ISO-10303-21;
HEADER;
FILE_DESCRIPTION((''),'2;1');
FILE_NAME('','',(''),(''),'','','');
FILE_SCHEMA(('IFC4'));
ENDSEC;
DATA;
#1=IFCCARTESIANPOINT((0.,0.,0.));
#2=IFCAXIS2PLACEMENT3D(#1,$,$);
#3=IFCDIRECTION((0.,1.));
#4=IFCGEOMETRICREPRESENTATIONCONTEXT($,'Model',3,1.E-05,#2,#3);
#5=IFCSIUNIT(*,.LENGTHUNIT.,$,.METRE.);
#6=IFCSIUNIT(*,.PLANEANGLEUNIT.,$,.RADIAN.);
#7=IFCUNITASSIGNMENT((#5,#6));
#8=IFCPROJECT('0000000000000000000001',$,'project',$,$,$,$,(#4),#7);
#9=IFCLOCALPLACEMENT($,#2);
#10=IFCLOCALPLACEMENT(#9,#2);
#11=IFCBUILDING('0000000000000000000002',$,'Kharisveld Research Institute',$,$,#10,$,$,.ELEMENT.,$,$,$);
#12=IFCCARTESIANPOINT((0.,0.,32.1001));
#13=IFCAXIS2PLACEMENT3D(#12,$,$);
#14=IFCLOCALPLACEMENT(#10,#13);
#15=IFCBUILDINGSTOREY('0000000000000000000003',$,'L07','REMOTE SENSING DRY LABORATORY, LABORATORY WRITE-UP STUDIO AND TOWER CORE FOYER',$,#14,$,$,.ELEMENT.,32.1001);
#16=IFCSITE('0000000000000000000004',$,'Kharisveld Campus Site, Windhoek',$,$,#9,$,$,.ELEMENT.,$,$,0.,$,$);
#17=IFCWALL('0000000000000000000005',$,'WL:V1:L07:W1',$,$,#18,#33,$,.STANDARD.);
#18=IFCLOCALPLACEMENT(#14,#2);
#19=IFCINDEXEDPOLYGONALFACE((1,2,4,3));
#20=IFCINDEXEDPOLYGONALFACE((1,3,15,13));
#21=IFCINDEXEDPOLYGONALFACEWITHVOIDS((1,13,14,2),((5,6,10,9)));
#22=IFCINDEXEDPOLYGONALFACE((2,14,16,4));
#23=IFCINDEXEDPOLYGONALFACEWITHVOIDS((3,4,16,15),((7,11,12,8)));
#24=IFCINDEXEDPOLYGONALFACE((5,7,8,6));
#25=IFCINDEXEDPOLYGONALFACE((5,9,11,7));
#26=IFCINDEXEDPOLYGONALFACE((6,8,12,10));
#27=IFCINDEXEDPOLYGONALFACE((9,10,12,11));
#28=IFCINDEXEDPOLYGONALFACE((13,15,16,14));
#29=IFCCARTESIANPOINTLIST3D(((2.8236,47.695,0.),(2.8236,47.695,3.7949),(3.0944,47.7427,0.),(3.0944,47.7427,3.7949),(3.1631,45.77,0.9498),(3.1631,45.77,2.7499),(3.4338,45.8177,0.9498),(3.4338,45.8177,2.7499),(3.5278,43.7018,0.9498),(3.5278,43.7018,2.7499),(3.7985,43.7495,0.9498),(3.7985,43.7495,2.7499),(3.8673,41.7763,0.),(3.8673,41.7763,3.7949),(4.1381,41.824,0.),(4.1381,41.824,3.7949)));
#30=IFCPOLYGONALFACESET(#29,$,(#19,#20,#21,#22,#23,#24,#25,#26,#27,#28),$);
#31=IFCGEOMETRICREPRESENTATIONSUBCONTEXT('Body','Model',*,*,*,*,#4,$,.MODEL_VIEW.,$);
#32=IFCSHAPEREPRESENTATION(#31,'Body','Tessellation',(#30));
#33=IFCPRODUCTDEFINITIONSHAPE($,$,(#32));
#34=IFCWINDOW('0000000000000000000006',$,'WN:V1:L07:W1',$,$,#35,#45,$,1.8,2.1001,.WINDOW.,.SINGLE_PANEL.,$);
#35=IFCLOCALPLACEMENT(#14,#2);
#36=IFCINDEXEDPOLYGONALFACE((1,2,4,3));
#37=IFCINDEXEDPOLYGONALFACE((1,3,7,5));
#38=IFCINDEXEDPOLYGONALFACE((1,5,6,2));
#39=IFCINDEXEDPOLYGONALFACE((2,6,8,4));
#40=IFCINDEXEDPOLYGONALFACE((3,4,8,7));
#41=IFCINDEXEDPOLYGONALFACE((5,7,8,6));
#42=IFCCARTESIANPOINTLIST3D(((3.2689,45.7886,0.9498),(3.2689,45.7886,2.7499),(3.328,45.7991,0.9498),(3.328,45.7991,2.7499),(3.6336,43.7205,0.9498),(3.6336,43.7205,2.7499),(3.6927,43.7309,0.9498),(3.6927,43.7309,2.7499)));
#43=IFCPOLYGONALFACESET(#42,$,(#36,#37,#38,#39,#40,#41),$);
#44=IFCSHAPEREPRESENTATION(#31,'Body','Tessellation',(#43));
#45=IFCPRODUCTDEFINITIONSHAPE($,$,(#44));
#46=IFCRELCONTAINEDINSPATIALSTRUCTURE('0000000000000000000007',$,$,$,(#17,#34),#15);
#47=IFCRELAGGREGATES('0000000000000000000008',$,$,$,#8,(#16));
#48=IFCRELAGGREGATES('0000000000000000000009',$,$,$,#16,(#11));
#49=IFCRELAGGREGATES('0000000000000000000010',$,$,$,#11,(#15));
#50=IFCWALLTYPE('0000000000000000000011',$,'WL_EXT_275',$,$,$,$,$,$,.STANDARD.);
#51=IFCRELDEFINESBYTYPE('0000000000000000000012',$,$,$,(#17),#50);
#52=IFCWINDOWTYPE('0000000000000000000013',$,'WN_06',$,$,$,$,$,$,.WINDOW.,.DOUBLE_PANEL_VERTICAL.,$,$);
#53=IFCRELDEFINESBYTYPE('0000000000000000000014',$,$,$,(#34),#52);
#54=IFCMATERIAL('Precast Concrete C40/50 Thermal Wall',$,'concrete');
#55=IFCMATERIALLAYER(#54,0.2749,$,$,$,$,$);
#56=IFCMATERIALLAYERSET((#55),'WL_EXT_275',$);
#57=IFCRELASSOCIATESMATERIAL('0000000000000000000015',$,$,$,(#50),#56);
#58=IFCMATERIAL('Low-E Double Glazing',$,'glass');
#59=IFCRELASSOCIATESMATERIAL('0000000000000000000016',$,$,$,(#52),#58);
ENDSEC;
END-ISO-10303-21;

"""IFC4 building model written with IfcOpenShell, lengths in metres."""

from ifc_helpers import new_model, si_unit, direction, frame, frame_2d, origin, place, context, subcontext, project, spatial, rectangle, extrude, material, layer, layer_set, type_object, element, fill, save


model = new_model("IFC4")

# Units and contexts
model_context = context("Model", 3, precision=1e-05, world=origin(), true_north=direction((0.0, 1.0)))
body_context = subcontext(model_context, "Body", "Model", "MODEL_VIEW")
ifc_project = project(units=[si_unit("LENGTHUNIT", "METRE"), si_unit("PLANEANGLEUNIT", "RADIAN")], contexts=[model_context])

# Site, building, storey
site_placement = place(None, origin())
site = spatial("IfcSite", under=ifc_project, at=site_placement, Name="Kharisveld Campus Site, Windhoek", CompositionType="ELEMENT", RefElevation=0.0)
building_placement = place(site_placement, origin())
building = spatial("IfcBuilding", under=site, at=building_placement, Name="Kharisveld Research Institute", CompositionType="ELEMENT")
storey_placement = place(building_placement, frame((0.0, 0.0, 32.1001)))
storey = spatial("IfcBuildingStorey", under=building, at=storey_placement, Name="L07", Description="REMOTE SENSING DRY LABORATORY, LABORATORY WRITE-UP STUDIO AND TOWER CORE FOYER", CompositionType="ELEMENT", Elevation=32.1001)

# Wall, opening, window
ifc_material_1 = material(Name="Precast Concrete C40/50 Thermal Wall", Category="concrete")
ifc_layer_1 = layer(ifc_material_1, 0.2749)
ifc_layer_set_1 = layer_set([ifc_layer_1], Name="WL_EXT_275")
wall_type_1 = type_object("IfcWallType", Name="WL_EXT_275", PredefinedType="STANDARD", material=ifc_layer_set_1)
wall_1_placement = place(storey_placement, frame((4.0027, 41.8003, 0.0), z_axis=(0.0, 0.0, 1.0), x_axis=(-0.17366, 0.984806, 0.0)))
wall_1 = element("IfcWall", 1, at=wall_1_placement, inside=storey, type_object=wall_type_1, Name="WL:V1:L07:W1", PredefinedType="STANDARD", context=body_context, shape_type="SweptSolid", body=[
    extrude(rectangle(XDim=6.01, YDim=0.2749, at=frame_2d((3.0049, 0.0))), origin(), (0.0, 0.0, 1.0), 3.7949),
])
opening_1_placement = place(wall_1_placement, frame((1.9551, 0.0, 0.95)))
opening_1 = element("IfcOpeningElement", 2, at=opening_1_placement, cuts=wall_1, PredefinedType="OPENING", context=body_context, shape_type="SweptSolid", body=[
    extrude(rectangle(XDim=2.1001, YDim=1.8, at=frame_2d((1.05, 0.8999))), frame((0.0, 0.1375, 0.0), z_axis=(0.0, -1.0, 0.0), x_axis=(1.0, 0.0, 0.0)), (0.0, 0.0, 1.0), 0.2749),
])
ifc_material_2 = material(Name="Low-E Double Glazing", Category="glass")
window_type = type_object("IfcWindowType", Name="WN_06", PartitioningType="DOUBLE_PANEL_VERTICAL", PredefinedType="WINDOW", material=ifc_material_2)
window_placement = place(opening_1_placement, origin())
window = element("IfcWindow", 3, at=window_placement, inside=storey, type_object=window_type, Name="WN:V1:L07:W1", OverallHeight=1.8, OverallWidth=2.1001, PartitioningType="SINGLE_PANEL", PredefinedType="WINDOW", context=body_context, shape_type="SweptSolid", body=[
    extrude(rectangle(XDim=2.1001, YDim=1.8, at=frame_2d((1.05, 0.8999))), frame((0.0, 0.03, 0.0), z_axis=(0.0, -1.0, 0.0), x_axis=(1.0, 0.0, 0.0)), (0.0, 0.0, 1.0), 0.0601),
])
fill(opening_1, window)

save(model, "model.ifc")
